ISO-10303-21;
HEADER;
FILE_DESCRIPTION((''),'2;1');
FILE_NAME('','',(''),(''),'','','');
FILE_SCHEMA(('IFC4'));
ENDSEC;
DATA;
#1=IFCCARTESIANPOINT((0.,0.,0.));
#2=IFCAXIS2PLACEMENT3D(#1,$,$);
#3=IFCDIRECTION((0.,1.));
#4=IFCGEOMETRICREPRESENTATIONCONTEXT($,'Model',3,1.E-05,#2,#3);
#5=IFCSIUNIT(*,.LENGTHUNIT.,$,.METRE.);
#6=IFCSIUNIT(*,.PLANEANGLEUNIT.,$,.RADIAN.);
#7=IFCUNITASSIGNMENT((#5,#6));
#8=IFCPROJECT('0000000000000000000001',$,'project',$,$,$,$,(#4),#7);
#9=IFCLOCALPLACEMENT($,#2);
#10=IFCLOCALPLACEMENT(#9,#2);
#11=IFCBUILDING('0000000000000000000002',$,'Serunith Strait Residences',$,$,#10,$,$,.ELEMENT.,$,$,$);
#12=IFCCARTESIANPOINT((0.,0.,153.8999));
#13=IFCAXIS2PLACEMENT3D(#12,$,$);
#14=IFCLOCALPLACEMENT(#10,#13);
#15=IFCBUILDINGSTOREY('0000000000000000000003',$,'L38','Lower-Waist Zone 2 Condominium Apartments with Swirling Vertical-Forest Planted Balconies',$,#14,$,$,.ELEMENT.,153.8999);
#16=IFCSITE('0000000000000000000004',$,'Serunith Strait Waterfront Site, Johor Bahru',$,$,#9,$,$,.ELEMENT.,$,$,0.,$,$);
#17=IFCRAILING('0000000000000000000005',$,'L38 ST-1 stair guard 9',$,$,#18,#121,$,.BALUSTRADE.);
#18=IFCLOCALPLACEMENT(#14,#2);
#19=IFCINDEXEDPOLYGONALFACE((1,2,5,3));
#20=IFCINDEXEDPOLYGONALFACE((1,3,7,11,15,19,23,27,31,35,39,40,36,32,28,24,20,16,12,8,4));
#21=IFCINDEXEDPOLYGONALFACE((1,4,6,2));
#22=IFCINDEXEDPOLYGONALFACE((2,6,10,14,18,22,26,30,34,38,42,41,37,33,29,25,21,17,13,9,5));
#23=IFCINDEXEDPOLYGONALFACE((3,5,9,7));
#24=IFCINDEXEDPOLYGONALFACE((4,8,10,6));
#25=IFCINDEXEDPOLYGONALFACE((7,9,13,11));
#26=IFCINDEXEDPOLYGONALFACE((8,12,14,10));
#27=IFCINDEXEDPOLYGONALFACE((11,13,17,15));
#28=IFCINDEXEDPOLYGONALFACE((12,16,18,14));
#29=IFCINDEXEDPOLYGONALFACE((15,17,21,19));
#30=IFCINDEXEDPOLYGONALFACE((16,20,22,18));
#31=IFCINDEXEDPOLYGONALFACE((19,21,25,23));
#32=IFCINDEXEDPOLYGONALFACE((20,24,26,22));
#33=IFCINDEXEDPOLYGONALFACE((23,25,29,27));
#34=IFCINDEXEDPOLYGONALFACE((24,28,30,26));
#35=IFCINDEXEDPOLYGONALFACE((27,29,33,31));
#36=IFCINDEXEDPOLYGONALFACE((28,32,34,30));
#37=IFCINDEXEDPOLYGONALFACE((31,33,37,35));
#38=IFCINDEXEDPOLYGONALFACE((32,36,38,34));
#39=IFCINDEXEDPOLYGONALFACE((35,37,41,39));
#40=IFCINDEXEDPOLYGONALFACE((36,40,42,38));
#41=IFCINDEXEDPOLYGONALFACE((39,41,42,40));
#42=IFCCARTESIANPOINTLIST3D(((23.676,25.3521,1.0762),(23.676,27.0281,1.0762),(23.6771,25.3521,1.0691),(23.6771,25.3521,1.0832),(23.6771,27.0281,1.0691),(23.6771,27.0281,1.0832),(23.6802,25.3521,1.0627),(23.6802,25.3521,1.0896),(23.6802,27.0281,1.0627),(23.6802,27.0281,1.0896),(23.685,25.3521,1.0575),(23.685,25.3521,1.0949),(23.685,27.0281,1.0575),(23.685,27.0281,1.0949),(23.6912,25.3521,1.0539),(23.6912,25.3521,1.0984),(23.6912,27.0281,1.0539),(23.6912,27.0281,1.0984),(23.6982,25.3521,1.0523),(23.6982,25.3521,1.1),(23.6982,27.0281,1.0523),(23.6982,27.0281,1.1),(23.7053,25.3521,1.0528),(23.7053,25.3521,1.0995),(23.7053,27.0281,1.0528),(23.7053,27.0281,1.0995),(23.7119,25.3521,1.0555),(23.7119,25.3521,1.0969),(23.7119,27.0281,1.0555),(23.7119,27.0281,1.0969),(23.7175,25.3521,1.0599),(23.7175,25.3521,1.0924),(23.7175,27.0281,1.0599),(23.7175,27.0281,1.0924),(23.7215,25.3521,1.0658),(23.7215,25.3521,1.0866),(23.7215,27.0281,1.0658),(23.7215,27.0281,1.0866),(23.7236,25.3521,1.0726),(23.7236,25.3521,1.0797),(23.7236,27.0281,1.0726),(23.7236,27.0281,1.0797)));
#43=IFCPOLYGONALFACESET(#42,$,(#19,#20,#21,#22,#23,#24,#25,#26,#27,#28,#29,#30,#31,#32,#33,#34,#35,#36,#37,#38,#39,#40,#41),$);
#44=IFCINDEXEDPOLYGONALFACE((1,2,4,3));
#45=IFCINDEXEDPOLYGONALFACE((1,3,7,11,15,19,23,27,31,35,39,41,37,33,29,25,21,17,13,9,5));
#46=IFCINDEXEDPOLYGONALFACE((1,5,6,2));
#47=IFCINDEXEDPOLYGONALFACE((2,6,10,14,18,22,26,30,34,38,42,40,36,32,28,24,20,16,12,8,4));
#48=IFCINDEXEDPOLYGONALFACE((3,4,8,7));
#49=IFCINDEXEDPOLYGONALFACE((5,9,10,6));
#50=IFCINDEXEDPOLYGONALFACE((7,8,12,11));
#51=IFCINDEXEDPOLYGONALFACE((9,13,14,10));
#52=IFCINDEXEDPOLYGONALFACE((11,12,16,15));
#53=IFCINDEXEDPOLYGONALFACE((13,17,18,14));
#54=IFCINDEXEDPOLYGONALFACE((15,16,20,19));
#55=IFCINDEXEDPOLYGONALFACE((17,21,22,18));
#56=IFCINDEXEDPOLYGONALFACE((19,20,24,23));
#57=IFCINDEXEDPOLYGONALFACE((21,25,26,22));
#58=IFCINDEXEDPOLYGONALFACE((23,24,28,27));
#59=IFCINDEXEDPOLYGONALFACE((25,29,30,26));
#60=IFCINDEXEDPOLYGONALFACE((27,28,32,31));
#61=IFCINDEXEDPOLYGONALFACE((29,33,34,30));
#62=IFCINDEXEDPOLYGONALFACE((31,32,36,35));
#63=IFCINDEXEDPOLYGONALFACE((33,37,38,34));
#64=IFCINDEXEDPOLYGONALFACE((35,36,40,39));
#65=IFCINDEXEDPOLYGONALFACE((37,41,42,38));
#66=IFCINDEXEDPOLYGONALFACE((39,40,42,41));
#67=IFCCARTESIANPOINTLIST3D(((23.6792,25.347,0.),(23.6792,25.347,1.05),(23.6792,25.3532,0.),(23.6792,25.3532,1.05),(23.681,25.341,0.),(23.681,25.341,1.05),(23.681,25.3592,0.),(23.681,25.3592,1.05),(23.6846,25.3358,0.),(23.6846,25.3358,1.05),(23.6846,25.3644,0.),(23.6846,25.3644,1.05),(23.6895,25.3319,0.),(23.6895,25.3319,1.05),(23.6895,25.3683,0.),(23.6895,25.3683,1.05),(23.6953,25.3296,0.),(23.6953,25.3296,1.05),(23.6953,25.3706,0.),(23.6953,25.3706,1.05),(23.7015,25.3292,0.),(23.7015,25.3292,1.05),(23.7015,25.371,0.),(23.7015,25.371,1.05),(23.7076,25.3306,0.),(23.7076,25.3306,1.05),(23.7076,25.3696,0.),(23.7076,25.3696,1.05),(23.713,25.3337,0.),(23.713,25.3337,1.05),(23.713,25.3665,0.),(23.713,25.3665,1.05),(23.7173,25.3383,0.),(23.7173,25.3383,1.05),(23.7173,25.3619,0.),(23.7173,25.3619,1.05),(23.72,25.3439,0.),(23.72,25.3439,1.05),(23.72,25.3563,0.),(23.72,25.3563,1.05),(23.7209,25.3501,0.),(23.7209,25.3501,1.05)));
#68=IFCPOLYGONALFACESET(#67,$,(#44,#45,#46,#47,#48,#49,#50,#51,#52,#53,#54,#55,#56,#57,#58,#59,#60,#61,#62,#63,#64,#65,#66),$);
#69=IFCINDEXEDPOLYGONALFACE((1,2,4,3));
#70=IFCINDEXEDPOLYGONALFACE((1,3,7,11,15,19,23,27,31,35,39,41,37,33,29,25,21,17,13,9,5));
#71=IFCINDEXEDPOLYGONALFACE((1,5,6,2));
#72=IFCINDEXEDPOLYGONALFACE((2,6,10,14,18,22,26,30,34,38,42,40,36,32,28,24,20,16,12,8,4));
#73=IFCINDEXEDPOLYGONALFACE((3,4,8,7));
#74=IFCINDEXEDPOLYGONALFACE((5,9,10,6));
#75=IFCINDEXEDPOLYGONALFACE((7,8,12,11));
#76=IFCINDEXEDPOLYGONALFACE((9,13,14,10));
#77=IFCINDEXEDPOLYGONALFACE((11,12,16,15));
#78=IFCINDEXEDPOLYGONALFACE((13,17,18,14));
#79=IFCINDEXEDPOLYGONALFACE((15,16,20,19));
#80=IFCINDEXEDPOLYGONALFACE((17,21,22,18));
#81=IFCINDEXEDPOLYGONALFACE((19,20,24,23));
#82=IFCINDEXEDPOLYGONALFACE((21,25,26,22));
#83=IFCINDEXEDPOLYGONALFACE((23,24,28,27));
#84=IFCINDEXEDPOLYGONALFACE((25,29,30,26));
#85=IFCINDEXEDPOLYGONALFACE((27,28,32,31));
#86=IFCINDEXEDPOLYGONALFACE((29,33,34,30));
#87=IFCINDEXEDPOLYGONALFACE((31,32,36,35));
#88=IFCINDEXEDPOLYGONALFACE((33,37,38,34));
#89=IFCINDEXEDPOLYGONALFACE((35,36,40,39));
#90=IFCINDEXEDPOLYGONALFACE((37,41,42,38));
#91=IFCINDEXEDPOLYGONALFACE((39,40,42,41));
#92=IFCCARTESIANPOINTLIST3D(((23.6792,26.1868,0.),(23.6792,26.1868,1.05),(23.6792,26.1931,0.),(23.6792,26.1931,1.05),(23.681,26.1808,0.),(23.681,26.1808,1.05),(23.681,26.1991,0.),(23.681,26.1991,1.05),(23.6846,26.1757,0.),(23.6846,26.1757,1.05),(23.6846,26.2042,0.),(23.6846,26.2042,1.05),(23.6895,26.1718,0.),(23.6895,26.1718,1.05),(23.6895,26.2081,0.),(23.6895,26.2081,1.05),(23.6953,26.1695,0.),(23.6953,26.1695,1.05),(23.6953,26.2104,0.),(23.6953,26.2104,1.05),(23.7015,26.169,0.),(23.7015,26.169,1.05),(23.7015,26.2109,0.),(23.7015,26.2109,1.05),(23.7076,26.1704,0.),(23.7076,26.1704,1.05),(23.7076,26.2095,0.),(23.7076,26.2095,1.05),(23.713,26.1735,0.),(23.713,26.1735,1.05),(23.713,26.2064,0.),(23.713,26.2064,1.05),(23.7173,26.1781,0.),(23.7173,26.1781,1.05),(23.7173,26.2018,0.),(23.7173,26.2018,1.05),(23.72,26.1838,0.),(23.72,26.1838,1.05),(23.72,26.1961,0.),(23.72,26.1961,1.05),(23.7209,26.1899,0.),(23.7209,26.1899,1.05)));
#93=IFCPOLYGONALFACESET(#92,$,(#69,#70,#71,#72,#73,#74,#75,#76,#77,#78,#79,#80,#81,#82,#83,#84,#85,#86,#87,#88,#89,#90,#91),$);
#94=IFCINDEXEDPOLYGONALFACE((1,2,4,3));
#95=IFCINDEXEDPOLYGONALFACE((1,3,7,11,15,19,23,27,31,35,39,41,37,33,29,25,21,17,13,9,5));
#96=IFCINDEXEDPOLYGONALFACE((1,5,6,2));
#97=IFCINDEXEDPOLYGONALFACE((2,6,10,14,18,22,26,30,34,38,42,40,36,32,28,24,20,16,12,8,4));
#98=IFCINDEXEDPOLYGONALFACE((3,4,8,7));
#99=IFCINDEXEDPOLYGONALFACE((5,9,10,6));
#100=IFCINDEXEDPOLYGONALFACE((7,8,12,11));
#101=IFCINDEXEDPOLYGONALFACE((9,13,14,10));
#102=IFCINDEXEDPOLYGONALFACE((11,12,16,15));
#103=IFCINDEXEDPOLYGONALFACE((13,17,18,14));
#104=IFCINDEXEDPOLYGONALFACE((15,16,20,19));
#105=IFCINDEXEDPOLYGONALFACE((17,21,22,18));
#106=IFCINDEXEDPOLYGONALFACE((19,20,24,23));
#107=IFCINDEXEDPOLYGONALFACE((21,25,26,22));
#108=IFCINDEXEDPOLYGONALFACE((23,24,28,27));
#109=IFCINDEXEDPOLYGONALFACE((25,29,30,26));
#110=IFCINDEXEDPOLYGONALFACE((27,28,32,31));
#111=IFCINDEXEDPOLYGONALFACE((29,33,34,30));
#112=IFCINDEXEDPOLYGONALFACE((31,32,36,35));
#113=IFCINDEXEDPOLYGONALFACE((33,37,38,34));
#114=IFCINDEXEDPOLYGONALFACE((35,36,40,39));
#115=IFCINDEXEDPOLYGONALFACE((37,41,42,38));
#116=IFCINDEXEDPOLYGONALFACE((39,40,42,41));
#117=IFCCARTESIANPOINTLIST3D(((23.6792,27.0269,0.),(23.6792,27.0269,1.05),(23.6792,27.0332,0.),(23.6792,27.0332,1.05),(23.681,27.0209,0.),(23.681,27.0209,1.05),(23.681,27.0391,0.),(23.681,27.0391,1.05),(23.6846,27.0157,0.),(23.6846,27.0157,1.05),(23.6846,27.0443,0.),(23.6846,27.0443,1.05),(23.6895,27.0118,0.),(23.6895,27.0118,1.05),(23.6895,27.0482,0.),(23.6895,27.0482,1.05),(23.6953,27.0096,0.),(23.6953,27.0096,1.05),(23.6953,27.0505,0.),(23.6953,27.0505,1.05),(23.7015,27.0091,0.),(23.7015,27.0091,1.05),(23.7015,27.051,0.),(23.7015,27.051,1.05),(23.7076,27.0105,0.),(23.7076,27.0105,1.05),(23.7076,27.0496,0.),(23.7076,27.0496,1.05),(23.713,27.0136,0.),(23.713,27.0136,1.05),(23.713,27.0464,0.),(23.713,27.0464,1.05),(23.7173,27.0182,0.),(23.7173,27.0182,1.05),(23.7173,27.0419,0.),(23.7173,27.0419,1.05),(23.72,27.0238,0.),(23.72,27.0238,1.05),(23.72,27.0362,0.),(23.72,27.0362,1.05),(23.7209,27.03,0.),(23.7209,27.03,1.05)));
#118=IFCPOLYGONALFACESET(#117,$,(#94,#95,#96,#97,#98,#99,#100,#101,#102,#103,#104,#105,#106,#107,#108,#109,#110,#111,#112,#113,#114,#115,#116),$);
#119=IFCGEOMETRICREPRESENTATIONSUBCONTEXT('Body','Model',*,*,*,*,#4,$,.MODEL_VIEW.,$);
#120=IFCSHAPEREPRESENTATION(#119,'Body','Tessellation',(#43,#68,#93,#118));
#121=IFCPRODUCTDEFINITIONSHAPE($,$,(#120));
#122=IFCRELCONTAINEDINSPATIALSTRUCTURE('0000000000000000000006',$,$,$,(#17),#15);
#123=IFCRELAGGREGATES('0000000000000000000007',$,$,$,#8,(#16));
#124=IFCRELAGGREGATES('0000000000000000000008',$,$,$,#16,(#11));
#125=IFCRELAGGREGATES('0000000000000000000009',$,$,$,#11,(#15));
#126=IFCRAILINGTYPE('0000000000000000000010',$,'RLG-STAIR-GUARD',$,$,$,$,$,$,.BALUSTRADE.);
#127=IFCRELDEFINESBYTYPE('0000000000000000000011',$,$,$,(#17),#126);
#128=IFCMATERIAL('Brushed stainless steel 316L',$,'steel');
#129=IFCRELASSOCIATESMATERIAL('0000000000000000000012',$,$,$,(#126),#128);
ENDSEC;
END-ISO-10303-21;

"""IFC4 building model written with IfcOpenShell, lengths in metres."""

from ifc_helpers import new_model, si_unit, direction, frame, origin, origin_2d, place, context, subcontext, project, spatial, circle, extrude, material, type_object, element, save


model = new_model("IFC4")

# Units and contexts
model_context = context("Model", 3, precision=1e-05, world=origin(), true_north=direction((0.0, 1.0)))
body_context = subcontext(model_context, "Body", "Model", "MODEL_VIEW")
ifc_project = project(units=[si_unit("LENGTHUNIT", "METRE"), si_unit("PLANEANGLEUNIT", "RADIAN")], contexts=[model_context])

# Site, building, storey
site_placement = place(None, origin())
site = spatial("IfcSite", under=ifc_project, at=site_placement, Name="Serunith Strait Waterfront Site, Johor Bahru", CompositionType="ELEMENT", RefElevation=0.0)
building_placement = place(site_placement, origin())
building = spatial("IfcBuilding", under=site, at=building_placement, Name="Serunith Strait Residences", CompositionType="ELEMENT")
storey_placement = place(building_placement, frame((0.0, 0.0, 153.8999)))
storey = spatial("IfcBuildingStorey", under=building, at=storey_placement, Name="L38", Description="Lower-Waist Zone 2 Condominium Apartments with Swirling Vertical-Forest Planted Balconies", CompositionType="ELEMENT", Elevation=153.8999)

# Railing
ifc_material_1 = material(Name="Brushed stainless steel 316L", Category="steel")
railing_type_1 = type_object("IfcRailingType", Name="RLG-STAIR-GUARD", PredefinedType="BALUSTRADE", material=ifc_material_1)
for number, where, name in (
    (1, (23.7, 25.3501, 0.0), "L38 ST-1 stair guard 9"),
):
    element("IfcRailing", number, at=place(storey_placement, frame(where)), inside=storey, type_object=railing_type_1, Name=name, PredefinedType="BALUSTRADE", context=body_context, shape_type="SweptSolid", body=[
        extrude(circle(Radius=0.0239, at=origin_2d()), frame((0.0, 0.002, 1.0762), z_axis=(0.0, 1.0, 0.0), x_axis=(-1.0, 0.0, 0.0)), (0.0, 0.0, 1.0), 1.676),
        extrude(circle(Radius=0.021, at=origin_2d()), origin(), (0.0, 0.0, 1.0), 1.05),
        extrude(circle(Radius=0.021, at=origin_2d()), frame((0.0, 0.8398, 0.0)), (0.0, 0.0, 1.0), 1.05),
        extrude(circle(Radius=0.021, at=origin_2d()), frame((0.0, 1.6799, 0.0)), (0.0, 0.0, 1.0), 1.05),
    ])

save(model, "model.ifc")
